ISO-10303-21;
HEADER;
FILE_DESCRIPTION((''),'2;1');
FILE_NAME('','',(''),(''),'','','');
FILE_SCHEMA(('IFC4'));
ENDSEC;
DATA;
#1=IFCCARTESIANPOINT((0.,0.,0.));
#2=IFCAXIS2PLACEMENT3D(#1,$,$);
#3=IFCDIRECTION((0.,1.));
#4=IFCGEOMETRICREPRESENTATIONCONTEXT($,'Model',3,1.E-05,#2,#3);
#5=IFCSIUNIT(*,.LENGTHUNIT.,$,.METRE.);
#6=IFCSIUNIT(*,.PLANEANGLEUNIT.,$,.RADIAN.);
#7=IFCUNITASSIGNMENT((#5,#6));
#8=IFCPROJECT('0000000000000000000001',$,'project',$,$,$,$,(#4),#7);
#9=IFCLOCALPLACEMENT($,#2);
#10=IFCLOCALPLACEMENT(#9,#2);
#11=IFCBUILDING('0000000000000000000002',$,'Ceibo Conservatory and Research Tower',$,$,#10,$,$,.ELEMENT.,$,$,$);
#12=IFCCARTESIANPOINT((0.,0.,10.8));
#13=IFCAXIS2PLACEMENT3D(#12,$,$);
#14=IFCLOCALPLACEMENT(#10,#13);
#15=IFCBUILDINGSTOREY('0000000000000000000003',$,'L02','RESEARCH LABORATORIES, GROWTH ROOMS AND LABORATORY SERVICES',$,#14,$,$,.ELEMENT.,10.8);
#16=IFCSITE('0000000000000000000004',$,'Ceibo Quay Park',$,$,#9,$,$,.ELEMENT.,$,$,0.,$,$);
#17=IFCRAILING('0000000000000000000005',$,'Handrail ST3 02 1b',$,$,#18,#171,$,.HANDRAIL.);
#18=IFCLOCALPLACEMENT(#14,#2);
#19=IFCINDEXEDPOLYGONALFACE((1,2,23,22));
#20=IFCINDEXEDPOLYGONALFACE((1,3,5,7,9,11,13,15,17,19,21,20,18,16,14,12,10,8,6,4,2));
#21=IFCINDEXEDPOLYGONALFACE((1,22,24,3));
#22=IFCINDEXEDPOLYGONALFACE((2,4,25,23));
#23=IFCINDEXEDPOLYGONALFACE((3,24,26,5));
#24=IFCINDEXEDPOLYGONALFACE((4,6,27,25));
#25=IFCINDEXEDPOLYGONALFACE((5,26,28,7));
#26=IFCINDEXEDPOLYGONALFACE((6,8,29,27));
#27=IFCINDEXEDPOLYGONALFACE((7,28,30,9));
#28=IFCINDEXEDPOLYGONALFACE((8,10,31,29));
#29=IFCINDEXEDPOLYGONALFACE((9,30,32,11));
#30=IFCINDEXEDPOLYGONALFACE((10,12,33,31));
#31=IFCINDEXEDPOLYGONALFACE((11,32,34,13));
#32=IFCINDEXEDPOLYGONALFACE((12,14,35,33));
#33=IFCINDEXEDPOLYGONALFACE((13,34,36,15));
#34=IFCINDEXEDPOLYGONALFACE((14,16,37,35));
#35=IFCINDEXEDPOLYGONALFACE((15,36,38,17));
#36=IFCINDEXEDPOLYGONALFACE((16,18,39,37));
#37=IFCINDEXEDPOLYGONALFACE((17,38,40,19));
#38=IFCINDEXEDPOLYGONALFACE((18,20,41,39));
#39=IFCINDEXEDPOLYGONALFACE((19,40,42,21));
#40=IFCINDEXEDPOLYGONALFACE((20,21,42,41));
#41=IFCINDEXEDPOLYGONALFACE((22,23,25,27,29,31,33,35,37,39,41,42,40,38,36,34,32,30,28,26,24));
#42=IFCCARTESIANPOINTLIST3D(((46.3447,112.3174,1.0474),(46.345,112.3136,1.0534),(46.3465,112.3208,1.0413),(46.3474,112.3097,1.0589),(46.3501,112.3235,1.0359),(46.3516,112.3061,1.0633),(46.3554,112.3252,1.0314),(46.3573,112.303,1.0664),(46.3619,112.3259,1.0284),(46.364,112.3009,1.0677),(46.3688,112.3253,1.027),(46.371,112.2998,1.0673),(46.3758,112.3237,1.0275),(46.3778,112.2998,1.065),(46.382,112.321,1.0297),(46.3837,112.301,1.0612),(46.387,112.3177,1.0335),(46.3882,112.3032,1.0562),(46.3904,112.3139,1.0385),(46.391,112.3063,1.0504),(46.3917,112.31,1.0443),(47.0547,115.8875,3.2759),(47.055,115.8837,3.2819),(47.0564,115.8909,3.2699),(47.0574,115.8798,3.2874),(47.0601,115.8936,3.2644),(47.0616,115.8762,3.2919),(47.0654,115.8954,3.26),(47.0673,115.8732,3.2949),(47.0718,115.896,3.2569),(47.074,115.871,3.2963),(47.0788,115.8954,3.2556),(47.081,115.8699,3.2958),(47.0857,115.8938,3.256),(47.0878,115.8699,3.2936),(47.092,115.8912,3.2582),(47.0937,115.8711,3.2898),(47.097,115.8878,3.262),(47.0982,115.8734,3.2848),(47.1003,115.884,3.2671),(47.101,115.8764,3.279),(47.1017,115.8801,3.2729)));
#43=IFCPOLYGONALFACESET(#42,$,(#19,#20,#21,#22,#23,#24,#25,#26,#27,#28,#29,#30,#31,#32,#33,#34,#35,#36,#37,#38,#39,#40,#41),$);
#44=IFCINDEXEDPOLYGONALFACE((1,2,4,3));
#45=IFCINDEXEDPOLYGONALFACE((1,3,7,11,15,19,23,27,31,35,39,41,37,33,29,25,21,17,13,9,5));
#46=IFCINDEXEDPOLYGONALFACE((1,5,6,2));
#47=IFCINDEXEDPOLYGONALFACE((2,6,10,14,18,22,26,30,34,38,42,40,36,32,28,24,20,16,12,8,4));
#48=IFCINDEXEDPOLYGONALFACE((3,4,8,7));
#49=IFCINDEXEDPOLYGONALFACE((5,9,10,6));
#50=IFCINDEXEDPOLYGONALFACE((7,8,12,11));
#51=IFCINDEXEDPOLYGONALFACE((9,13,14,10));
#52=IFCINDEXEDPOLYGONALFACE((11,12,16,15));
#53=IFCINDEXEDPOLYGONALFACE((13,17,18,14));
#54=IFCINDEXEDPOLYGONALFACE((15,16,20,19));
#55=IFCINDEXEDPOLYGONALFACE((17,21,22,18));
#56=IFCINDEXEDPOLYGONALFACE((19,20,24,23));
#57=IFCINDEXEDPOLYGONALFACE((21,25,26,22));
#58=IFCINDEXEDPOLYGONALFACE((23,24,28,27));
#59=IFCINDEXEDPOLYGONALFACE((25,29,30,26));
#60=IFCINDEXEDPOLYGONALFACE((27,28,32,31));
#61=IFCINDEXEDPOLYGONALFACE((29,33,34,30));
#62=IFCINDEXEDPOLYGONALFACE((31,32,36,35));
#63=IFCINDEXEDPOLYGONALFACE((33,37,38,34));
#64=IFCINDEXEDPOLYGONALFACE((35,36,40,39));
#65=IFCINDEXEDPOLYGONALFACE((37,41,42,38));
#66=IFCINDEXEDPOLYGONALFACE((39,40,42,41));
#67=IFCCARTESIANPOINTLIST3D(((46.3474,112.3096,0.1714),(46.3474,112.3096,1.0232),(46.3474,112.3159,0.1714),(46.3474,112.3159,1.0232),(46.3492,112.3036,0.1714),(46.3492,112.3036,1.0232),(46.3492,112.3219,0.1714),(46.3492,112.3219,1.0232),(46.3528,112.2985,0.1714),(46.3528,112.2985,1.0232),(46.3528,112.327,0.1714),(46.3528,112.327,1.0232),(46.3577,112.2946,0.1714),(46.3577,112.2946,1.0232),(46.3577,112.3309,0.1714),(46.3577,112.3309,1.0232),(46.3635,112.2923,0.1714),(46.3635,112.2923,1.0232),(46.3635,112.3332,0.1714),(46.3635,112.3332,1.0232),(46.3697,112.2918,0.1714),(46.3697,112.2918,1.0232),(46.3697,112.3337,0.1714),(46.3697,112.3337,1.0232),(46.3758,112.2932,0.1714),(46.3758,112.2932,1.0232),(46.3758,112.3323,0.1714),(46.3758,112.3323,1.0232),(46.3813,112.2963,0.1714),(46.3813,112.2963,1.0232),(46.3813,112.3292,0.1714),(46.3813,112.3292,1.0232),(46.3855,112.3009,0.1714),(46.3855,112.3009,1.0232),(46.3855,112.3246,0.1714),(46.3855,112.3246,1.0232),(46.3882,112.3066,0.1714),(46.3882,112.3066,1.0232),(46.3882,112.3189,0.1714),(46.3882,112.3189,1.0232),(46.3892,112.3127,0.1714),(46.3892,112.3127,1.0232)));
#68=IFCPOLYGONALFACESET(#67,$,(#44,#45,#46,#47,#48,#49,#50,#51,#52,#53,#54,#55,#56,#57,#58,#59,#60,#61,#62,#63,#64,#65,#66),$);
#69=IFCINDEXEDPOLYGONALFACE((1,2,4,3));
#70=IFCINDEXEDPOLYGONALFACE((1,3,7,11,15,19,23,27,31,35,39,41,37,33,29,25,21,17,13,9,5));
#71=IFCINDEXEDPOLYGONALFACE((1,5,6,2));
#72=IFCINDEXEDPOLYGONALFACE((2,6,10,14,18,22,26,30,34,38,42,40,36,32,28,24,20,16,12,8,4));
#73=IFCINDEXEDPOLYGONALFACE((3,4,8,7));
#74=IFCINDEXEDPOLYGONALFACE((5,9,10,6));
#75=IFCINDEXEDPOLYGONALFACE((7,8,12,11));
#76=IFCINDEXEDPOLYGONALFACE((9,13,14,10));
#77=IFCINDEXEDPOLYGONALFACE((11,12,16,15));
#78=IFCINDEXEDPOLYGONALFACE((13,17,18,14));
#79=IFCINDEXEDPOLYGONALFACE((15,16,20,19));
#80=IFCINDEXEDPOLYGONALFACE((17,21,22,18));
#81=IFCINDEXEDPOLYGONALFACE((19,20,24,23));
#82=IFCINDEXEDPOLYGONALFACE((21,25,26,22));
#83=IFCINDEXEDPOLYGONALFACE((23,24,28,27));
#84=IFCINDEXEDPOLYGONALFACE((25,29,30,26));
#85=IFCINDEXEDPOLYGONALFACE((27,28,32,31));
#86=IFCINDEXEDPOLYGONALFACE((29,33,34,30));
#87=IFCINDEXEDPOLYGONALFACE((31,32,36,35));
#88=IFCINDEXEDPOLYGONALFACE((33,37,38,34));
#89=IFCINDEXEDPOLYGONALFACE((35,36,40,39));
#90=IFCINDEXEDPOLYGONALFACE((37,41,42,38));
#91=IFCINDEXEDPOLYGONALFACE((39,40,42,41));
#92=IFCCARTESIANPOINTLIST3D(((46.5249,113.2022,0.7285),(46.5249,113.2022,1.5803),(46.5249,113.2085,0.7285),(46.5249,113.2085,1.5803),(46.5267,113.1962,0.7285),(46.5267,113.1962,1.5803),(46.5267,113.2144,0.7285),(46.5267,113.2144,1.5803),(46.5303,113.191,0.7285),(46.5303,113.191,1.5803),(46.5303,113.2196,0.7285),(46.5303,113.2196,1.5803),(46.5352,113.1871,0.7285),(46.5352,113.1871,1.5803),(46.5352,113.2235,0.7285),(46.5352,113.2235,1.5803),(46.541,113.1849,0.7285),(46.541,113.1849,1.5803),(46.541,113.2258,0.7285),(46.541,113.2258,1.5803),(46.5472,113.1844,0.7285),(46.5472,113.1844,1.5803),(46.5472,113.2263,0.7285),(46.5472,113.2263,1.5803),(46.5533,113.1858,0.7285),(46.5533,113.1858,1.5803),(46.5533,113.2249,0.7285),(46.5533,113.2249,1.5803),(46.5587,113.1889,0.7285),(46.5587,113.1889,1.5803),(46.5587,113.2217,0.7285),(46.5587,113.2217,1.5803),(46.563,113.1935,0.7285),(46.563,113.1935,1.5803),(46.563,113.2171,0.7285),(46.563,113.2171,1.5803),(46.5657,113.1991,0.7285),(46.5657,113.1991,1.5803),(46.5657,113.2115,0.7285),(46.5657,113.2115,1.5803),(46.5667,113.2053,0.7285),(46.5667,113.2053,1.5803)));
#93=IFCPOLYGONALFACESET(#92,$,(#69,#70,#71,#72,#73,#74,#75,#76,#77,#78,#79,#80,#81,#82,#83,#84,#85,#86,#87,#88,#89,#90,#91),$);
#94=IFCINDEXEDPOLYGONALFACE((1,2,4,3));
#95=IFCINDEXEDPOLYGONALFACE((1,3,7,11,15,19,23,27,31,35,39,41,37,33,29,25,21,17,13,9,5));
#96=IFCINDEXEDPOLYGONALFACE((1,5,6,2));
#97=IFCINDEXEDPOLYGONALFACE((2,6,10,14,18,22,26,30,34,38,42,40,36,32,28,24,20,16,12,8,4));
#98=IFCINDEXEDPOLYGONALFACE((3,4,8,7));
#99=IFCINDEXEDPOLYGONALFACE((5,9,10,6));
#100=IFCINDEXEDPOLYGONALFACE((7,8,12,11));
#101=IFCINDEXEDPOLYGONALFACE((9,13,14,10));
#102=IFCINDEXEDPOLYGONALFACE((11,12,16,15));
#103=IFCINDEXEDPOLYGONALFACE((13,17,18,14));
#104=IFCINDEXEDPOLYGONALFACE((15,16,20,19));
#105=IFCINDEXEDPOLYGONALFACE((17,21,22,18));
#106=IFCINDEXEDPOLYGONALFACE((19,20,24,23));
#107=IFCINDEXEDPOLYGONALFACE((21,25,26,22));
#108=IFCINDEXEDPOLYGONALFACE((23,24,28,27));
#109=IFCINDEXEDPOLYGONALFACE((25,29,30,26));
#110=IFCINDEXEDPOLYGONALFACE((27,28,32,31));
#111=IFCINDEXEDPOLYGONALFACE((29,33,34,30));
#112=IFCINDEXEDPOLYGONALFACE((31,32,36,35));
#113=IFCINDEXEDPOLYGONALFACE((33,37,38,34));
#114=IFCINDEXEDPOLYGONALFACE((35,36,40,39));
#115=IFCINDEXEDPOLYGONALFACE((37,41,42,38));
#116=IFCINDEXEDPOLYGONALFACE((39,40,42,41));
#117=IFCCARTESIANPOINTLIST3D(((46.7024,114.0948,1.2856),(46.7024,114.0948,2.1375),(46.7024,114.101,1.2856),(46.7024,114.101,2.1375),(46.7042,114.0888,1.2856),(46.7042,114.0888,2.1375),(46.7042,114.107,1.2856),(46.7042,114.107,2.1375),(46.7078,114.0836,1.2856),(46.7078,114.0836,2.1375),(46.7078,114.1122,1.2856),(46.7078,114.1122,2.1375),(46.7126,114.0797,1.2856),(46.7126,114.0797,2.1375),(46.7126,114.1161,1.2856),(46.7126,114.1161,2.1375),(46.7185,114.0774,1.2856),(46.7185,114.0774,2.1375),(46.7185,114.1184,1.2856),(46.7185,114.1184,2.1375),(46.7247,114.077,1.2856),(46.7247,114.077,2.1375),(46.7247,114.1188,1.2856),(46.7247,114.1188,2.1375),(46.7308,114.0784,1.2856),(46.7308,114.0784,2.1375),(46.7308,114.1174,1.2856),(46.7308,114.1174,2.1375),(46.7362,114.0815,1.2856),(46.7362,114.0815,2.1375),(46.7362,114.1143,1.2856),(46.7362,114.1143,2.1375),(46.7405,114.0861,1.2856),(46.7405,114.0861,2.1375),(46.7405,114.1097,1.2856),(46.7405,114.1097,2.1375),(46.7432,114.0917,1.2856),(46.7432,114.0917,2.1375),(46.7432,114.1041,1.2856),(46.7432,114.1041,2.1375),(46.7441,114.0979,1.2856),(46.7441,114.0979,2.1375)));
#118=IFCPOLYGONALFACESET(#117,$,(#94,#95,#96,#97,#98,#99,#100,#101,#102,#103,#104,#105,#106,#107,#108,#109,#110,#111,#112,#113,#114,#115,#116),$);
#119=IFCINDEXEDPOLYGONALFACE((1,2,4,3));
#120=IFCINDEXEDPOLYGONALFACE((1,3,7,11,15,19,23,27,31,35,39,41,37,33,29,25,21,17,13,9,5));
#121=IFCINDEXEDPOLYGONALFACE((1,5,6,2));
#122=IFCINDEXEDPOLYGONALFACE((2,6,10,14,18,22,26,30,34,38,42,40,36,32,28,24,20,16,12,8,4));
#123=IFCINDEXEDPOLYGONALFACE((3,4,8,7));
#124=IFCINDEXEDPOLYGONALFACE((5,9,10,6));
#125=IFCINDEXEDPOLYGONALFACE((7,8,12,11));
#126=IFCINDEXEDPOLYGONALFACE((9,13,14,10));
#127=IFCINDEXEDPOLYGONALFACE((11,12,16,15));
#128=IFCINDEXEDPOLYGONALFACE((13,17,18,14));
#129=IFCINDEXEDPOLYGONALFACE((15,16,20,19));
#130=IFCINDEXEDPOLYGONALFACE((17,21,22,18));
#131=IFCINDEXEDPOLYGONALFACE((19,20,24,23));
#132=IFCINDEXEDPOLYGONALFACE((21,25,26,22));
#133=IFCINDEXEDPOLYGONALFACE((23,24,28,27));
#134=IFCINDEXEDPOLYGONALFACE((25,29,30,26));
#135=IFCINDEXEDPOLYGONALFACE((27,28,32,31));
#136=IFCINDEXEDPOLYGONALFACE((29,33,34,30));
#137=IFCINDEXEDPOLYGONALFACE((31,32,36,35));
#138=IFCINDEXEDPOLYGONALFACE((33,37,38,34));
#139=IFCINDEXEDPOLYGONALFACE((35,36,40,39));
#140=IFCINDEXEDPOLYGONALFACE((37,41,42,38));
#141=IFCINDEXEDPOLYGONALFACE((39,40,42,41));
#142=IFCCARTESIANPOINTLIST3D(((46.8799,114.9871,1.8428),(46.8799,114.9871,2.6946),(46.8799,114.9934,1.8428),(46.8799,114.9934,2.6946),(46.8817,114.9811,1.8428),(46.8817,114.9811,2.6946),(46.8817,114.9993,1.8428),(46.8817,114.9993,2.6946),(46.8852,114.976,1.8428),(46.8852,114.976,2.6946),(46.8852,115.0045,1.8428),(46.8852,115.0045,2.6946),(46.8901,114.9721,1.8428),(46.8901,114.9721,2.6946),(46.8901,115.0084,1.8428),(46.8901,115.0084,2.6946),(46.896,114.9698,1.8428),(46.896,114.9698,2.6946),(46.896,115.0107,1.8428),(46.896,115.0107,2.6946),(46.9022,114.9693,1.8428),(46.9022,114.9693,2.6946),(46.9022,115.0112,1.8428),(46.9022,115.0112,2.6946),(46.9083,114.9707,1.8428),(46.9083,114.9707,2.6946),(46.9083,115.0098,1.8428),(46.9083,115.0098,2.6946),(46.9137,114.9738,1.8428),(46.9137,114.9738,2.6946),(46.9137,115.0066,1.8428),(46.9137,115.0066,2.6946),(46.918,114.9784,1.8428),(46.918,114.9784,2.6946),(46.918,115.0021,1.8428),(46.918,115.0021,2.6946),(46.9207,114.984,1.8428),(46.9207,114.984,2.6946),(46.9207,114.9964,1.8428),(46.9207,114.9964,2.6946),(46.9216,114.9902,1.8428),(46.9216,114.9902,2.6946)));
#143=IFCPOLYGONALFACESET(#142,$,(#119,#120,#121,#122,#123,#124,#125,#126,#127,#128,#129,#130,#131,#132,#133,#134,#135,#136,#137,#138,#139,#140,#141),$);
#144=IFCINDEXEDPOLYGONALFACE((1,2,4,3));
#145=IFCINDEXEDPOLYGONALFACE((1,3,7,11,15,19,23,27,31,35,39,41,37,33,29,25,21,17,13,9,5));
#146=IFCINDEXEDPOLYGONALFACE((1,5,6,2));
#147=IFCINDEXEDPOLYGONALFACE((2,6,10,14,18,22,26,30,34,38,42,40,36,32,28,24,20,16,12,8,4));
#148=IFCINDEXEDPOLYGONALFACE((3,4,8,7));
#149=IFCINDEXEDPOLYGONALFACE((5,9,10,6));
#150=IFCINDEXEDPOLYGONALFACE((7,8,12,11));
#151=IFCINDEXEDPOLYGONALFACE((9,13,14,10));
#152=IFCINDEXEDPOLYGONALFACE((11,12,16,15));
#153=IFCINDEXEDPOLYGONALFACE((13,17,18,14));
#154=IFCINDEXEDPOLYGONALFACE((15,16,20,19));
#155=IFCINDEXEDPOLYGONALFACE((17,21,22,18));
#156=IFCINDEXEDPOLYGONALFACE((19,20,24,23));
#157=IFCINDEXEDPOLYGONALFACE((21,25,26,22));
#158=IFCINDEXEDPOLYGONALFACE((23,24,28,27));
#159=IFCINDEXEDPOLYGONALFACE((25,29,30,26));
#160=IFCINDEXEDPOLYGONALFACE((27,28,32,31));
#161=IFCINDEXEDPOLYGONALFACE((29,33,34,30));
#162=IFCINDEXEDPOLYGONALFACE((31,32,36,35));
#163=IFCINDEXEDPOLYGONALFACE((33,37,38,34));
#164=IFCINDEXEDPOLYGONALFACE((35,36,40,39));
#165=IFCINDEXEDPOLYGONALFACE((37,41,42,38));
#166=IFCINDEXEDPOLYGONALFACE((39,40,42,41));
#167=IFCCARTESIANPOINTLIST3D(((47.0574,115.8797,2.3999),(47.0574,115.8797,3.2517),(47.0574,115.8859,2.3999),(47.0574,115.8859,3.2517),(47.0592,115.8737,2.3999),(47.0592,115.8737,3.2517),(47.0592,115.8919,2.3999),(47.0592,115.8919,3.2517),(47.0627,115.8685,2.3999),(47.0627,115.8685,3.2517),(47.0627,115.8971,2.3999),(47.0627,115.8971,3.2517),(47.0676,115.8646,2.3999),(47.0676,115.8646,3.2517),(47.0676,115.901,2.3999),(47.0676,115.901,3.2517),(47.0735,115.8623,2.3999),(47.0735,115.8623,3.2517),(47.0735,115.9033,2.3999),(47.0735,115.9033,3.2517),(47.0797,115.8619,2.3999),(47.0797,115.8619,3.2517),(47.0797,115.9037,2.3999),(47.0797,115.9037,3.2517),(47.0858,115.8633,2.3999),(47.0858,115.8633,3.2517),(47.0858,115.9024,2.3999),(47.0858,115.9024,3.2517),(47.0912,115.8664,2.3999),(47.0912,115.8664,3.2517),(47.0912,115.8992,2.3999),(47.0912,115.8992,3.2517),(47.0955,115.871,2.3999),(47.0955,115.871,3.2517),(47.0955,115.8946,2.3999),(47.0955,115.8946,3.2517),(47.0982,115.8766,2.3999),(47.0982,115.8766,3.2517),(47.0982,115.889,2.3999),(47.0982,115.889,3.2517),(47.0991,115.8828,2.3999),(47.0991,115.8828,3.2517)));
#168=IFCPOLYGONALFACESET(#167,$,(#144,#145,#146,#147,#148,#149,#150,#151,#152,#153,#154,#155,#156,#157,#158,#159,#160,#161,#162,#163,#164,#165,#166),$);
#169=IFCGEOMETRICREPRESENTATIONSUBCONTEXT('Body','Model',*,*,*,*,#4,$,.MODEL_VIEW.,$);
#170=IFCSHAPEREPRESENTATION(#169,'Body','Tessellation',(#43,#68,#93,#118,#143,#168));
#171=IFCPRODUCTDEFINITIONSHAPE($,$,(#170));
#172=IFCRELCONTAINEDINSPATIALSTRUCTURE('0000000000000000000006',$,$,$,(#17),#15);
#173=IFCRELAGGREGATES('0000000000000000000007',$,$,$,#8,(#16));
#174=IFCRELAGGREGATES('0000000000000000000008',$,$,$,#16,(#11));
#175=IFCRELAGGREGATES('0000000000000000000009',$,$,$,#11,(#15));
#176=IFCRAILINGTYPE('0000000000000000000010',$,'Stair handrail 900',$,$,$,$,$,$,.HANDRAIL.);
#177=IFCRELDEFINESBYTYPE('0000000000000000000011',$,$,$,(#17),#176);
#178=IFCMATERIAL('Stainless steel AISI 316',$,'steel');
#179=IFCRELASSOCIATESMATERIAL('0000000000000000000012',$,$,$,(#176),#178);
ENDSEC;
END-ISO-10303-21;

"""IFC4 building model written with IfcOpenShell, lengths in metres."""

from ifc_helpers import new_model, si_unit, direction, frame, origin, origin_2d, place, context, subcontext, project, spatial, circle, extrude, material, type_object, element, save


model = new_model("IFC4")

# Units and contexts
model_context = context("Model", 3, precision=1e-05, world=origin(), true_north=direction((0.0, 1.0)))
body_context = subcontext(model_context, "Body", "Model", "MODEL_VIEW")
ifc_project = project(units=[si_unit("LENGTHUNIT", "METRE"), si_unit("PLANEANGLEUNIT", "RADIAN")], contexts=[model_context])

# Site, building, storey
site_placement = place(None, origin())
site = spatial("IfcSite", under=ifc_project, at=site_placement, Name="Ceibo Quay Park", CompositionType="ELEMENT", RefElevation=0.0)
building_placement = place(site_placement, origin())
building = spatial("IfcBuilding", under=site, at=building_placement, Name="Ceibo Conservatory and Research Tower", CompositionType="ELEMENT")
storey_placement = place(building_placement, frame((0.0, 0.0, 10.8)))
storey = spatial("IfcBuildingStorey", under=building, at=storey_placement, Name="L02", Description="RESEARCH LABORATORIES, GROWTH ROOMS AND LABORATORY SERVICES", CompositionType="ELEMENT", Elevation=10.8)

# Railing
ifc_material_1 = material(Name="Stainless steel AISI 316", Category="steel")
railing_type = type_object("IfcRailingType", Name="Stair handrail 900", PredefinedType="HANDRAIL", material=ifc_material_1)
railing_1_placement = place(storey_placement, frame((46.3682, 112.3127, 0.1714)))
element("IfcRailing", 1, at=railing_1_placement, inside=storey, type_object=railing_type, Name="Handrail ST3 02 1b", PredefinedType="HANDRAIL", context=body_context, shape_type="SweptSolid", body=[
    extrude(circle(Radius=0.0239, at=origin_2d()), frame((0.0, 0.0, 0.876), z_axis=(0.166346, 0.836476, 0.522147), x_axis=(-0.980794, 0.195045, 0.0)), (0.0, 0.0, 1.0), 4.2681),
    extrude(circle(Radius=0.021, at=origin_2d()), origin(), (0.0, 0.0, 1.0), 0.8518),
    extrude(circle(Radius=0.021, at=origin_2d()), frame((0.1775, 0.8926, 0.5571)), (0.0, 0.0, 1.0), 0.8518),
    extrude(circle(Radius=0.021, at=origin_2d()), frame((0.355, 1.7852, 1.1143)), (0.0, 0.0, 1.0), 0.8518),
    extrude(circle(Radius=0.021, at=origin_2d()), frame((0.5325, 2.6775, 1.6714)), (0.0, 0.0, 1.0), 0.8518),
    extrude(circle(Radius=0.021, at=origin_2d()), frame((0.71, 3.5701, 2.2285)), (0.0, 0.0, 1.0), 0.8518),
])

save(model, "model.ifc")
